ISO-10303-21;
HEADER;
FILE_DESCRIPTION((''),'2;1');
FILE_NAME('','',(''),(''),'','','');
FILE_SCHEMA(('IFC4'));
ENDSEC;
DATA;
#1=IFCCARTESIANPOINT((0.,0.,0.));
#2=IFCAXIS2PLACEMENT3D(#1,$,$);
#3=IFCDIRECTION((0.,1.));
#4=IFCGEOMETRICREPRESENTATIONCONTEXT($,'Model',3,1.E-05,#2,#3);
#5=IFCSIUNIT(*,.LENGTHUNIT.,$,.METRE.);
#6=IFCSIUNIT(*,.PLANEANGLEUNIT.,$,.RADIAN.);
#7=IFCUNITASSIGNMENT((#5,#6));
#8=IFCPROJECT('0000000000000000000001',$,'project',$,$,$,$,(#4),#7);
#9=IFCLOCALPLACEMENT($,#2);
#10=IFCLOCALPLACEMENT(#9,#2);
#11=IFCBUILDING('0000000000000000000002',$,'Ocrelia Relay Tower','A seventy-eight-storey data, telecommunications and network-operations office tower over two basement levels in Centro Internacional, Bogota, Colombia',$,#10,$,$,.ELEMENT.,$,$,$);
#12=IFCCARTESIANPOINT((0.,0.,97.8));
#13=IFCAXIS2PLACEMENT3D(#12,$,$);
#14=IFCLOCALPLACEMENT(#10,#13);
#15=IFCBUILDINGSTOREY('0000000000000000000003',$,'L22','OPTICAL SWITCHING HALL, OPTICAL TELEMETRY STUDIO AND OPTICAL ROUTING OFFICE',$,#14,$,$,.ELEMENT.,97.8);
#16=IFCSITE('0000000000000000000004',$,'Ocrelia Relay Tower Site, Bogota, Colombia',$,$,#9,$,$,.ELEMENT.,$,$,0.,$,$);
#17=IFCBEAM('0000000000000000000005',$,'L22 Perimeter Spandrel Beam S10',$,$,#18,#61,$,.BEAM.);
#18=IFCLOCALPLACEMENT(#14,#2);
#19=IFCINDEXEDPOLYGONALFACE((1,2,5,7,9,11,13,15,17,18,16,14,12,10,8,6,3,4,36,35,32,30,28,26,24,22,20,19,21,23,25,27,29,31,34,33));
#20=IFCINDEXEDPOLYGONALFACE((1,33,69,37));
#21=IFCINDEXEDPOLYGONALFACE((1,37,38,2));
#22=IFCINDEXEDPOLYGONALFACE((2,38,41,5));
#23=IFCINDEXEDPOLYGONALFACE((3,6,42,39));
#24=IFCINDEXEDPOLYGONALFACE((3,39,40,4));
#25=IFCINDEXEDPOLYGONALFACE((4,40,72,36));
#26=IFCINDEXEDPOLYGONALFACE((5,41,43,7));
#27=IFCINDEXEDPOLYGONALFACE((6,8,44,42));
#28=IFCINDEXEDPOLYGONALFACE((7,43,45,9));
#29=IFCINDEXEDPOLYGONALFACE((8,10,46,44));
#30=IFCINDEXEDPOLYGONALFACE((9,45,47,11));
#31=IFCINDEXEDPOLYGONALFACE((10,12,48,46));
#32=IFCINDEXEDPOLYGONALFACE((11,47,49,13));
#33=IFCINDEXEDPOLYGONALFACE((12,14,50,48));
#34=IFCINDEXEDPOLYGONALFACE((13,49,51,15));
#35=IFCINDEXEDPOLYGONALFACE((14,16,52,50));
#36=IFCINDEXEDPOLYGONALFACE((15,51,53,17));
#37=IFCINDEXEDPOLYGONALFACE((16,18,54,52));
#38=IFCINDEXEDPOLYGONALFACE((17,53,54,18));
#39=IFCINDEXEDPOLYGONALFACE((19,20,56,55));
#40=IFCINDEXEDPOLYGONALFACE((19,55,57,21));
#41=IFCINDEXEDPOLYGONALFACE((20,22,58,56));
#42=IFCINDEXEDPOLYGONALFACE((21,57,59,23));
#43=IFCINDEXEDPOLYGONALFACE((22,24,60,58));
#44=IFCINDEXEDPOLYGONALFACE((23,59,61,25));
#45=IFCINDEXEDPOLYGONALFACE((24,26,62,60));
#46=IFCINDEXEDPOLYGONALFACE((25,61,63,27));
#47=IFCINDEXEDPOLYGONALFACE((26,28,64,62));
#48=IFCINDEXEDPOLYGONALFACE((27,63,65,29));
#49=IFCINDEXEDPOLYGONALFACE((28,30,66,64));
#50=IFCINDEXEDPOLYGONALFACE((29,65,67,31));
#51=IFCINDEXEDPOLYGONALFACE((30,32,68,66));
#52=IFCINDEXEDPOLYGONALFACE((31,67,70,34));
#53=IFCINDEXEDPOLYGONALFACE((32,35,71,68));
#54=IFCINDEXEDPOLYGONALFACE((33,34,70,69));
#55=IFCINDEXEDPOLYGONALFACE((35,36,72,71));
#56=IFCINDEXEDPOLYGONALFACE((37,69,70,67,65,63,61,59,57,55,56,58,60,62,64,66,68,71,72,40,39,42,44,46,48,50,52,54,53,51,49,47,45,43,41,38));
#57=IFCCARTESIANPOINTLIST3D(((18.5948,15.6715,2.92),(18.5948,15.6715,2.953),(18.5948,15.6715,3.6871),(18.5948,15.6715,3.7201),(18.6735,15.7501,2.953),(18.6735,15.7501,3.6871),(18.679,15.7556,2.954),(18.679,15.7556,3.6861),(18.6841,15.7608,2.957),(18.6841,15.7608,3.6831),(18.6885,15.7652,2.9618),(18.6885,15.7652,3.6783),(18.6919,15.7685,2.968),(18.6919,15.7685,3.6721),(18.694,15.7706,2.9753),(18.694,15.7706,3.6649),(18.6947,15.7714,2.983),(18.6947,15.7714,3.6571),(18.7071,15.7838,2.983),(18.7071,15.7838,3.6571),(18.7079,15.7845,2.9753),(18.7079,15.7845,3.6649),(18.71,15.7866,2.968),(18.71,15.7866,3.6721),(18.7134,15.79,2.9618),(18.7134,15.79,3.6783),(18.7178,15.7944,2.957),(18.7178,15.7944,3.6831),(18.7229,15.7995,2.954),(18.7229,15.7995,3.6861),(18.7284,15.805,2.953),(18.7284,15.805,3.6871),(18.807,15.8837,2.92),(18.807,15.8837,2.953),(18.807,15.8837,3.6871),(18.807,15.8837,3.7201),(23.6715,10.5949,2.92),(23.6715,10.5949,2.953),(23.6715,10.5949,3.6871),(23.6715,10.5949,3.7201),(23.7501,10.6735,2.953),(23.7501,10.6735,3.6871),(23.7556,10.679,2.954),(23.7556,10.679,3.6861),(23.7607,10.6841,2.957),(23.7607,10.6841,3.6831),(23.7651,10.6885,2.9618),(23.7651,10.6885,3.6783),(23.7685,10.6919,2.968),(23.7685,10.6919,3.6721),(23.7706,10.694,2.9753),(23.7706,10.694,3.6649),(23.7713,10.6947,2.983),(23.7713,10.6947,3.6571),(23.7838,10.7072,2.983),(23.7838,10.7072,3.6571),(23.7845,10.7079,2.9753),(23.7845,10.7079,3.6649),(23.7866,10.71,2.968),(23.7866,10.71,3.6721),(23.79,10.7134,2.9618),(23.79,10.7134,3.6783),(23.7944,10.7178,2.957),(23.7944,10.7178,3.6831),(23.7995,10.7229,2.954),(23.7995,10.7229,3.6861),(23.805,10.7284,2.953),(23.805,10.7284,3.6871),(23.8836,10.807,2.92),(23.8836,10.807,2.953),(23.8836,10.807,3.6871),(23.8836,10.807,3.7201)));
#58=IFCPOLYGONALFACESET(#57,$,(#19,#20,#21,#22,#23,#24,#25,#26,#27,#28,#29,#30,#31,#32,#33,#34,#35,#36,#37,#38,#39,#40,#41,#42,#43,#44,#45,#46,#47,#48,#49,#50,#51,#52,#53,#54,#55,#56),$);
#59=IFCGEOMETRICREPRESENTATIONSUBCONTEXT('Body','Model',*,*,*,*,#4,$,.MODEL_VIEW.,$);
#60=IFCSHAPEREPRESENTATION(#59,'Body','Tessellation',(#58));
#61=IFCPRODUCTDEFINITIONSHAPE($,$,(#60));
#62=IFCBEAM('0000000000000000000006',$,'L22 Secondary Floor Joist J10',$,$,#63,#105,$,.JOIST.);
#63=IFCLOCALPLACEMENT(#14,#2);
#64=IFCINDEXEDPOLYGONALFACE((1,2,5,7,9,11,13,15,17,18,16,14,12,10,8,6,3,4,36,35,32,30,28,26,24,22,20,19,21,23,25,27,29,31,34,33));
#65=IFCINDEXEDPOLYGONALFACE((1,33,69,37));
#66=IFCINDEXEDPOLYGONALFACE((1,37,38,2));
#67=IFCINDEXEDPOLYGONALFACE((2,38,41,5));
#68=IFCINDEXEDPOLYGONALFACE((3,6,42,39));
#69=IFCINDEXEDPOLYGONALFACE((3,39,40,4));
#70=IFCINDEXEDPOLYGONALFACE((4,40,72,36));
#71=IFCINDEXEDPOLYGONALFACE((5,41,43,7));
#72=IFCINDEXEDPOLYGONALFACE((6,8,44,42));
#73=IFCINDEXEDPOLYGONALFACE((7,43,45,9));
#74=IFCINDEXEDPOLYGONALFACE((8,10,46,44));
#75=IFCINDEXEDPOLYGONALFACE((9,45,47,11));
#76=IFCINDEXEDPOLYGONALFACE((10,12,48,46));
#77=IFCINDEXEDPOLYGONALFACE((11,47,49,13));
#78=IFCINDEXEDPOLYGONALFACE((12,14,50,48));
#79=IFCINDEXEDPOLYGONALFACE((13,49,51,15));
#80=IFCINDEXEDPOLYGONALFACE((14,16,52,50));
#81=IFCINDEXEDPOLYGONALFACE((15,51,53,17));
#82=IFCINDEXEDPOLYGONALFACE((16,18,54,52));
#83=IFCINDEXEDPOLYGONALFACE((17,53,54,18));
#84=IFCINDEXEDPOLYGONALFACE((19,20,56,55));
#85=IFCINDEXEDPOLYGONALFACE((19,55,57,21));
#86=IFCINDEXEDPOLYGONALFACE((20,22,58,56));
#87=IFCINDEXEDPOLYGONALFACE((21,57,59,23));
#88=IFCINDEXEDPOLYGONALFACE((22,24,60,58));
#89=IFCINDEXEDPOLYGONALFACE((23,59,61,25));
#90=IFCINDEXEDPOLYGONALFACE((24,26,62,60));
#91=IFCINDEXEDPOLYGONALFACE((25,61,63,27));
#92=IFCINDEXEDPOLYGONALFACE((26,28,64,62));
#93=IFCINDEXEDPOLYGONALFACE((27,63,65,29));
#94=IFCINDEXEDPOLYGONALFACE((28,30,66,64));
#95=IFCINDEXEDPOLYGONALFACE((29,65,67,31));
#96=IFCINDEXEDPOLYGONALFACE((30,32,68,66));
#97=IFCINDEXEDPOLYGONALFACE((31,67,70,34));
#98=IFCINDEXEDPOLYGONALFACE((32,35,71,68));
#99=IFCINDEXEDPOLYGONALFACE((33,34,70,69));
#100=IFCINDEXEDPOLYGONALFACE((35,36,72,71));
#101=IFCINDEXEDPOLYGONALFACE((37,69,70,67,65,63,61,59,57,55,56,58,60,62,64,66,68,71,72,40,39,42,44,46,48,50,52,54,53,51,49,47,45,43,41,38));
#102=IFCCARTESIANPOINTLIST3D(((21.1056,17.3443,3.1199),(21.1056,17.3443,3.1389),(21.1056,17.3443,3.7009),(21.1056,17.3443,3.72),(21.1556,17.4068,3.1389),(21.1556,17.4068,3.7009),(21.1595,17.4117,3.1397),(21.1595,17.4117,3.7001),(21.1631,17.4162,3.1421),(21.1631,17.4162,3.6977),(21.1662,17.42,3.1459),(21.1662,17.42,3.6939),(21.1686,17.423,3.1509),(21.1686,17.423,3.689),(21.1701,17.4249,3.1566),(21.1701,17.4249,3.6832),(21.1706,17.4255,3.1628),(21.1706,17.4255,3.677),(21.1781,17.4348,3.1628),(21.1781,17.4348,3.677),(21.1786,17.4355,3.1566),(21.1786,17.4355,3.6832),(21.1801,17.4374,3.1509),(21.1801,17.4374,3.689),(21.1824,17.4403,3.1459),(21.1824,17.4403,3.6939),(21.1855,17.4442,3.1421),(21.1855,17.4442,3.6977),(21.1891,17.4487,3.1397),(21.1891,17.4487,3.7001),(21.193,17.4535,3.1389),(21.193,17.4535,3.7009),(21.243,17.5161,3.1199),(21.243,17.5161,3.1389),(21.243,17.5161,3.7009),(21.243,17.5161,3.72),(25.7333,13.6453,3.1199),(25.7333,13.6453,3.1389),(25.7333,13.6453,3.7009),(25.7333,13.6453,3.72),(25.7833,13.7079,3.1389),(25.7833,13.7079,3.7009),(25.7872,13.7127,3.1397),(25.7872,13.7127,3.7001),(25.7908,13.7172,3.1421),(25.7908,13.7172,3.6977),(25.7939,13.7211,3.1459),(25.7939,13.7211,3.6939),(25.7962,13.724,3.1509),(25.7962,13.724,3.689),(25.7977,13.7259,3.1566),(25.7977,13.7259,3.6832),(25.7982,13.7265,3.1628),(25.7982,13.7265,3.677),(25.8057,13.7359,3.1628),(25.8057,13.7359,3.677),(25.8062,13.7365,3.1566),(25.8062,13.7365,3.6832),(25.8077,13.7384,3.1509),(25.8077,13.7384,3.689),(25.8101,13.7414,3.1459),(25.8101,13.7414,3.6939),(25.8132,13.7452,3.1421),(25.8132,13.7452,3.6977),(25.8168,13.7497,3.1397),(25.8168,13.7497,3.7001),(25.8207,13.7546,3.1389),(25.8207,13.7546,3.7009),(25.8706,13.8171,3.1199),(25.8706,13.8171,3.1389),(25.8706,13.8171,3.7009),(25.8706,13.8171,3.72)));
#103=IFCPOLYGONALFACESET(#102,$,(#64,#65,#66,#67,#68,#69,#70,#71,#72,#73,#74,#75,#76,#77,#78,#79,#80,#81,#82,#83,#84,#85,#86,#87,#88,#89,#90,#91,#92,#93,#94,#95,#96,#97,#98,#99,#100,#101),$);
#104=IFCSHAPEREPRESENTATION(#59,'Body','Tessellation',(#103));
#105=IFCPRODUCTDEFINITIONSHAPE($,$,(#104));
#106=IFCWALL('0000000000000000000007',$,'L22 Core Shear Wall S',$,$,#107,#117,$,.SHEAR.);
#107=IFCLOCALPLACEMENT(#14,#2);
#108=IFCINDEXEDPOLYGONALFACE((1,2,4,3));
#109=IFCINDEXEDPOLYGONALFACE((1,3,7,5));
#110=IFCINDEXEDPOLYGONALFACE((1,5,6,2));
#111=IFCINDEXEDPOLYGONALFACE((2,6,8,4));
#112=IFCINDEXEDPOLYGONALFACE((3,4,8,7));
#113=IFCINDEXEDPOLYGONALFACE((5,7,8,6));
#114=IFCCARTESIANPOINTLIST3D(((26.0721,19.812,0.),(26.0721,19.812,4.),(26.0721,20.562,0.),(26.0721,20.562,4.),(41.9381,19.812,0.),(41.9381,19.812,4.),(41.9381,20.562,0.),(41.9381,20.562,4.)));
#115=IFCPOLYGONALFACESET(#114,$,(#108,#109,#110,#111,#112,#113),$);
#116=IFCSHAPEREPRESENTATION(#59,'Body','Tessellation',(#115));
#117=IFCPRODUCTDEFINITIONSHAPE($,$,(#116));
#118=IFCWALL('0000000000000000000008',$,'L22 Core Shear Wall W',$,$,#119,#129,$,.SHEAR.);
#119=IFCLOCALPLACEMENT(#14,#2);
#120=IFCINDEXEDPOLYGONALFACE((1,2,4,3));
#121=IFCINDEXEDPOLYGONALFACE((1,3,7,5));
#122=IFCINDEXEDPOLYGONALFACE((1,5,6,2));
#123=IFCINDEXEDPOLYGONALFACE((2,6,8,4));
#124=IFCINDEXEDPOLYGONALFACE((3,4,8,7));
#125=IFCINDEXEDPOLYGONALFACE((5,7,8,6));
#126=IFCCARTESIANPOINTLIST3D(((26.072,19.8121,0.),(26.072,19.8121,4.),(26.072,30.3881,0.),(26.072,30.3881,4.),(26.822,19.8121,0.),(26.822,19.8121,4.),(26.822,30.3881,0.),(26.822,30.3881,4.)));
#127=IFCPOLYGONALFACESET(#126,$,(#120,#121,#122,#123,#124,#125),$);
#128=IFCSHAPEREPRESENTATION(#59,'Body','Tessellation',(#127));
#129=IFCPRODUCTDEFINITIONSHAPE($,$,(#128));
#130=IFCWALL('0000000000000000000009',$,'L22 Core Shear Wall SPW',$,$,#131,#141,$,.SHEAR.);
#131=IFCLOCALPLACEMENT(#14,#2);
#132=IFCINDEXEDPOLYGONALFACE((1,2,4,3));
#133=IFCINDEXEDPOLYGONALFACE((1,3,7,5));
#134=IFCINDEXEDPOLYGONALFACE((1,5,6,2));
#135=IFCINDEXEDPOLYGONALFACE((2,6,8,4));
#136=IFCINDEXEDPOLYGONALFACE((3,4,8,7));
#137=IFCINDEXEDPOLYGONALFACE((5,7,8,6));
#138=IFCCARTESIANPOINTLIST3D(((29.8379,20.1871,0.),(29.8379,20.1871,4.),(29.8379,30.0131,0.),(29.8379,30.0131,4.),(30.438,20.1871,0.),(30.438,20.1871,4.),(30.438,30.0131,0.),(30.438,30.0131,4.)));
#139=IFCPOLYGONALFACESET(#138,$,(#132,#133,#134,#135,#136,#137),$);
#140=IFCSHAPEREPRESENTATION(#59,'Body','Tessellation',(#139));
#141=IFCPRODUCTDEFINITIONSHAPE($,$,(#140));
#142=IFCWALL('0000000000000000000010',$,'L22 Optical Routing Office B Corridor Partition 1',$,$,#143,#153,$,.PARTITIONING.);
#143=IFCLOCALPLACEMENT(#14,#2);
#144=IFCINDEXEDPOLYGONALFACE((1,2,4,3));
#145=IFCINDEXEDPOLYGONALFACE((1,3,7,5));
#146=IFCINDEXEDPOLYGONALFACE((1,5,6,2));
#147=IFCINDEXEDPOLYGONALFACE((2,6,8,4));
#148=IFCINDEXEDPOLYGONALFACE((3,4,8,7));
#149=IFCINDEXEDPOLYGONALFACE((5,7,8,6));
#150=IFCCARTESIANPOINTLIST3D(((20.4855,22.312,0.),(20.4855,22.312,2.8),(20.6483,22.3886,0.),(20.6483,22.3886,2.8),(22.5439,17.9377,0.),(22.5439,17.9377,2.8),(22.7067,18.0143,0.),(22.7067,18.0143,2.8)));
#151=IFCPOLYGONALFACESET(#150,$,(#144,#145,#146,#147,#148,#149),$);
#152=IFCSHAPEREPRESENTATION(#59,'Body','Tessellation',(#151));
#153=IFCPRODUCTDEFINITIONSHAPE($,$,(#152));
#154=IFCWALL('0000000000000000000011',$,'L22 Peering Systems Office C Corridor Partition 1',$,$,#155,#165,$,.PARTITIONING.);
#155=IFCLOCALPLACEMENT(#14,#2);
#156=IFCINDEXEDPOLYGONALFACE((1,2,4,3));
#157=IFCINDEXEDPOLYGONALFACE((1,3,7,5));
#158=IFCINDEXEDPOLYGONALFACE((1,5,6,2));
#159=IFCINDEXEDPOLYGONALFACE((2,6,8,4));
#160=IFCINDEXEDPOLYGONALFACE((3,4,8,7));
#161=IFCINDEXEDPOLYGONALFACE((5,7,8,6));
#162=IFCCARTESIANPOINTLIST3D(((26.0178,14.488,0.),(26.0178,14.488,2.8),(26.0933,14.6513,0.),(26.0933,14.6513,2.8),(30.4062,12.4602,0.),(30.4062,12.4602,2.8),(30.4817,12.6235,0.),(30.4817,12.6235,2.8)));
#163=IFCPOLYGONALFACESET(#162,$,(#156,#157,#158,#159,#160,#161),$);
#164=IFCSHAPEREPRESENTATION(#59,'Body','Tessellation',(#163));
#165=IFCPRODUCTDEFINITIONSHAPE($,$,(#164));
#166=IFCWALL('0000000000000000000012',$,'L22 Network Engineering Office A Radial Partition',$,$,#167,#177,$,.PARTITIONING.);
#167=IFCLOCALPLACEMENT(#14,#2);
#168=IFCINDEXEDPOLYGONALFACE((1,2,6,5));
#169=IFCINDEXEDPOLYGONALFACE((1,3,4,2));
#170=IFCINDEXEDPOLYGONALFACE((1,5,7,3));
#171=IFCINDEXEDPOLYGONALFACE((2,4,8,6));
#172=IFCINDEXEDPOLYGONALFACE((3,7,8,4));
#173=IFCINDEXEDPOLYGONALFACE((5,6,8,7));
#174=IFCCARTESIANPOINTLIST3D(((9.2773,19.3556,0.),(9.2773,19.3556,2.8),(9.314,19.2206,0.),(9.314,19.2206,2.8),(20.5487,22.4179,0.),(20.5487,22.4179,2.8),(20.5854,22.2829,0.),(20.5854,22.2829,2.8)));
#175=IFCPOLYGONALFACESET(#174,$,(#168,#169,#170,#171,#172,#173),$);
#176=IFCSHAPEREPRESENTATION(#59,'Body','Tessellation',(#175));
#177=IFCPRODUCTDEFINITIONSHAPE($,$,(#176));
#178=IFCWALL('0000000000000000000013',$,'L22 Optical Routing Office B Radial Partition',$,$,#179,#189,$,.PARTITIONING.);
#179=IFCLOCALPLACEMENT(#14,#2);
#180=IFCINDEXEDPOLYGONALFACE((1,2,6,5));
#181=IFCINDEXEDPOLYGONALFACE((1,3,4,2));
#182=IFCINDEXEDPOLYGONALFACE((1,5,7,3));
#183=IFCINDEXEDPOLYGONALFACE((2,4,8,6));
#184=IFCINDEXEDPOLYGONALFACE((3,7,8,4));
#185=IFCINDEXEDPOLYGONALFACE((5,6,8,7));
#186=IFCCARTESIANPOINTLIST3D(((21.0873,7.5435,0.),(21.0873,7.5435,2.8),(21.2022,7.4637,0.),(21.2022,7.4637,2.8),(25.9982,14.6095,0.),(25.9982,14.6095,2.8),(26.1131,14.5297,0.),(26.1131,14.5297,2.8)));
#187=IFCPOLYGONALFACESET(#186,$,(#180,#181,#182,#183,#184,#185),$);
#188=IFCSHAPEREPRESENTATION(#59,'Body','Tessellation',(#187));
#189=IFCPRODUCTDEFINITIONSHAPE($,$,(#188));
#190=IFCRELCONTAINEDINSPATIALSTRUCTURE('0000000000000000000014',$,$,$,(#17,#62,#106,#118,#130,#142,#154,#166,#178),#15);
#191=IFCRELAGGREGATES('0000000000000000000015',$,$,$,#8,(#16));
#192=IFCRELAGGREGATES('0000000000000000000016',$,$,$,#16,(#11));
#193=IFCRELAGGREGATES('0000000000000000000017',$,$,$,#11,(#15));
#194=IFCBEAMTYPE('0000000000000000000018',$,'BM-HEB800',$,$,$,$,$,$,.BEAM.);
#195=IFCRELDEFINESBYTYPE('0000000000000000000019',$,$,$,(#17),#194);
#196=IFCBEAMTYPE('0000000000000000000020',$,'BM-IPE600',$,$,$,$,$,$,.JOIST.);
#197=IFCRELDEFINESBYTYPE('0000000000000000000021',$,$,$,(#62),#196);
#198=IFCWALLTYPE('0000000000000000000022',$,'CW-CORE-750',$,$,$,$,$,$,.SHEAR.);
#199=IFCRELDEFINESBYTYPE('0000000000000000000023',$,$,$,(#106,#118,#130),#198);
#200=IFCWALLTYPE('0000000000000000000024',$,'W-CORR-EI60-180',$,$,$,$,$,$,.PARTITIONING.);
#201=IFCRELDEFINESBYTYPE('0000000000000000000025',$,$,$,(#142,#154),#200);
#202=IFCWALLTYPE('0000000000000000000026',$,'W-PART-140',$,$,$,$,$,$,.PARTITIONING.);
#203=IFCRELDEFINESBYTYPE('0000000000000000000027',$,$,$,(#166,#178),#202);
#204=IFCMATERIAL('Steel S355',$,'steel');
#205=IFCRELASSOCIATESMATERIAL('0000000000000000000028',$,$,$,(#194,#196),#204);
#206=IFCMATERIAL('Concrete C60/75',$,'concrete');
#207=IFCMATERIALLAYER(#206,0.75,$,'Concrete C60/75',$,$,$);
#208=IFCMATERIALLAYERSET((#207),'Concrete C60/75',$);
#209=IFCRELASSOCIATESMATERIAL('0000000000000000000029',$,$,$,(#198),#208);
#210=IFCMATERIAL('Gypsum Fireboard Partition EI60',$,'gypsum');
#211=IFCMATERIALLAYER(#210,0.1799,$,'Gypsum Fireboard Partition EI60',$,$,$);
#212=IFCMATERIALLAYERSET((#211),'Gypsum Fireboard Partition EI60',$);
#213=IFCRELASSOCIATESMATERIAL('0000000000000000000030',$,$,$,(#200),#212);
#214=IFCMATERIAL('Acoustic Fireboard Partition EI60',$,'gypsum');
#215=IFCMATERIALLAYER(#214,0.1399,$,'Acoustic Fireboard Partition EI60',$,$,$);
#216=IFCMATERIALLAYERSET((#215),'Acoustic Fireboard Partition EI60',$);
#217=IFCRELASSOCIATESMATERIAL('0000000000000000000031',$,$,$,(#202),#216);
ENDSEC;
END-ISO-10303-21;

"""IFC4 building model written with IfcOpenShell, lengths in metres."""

from ifc_helpers import new_model, si_unit, direction, frame, frame_2d, origin, origin_2d, place, context, subcontext, project, spatial, rectangle, i_section, extrude, material, layer, layer_set, material_profile, profile_set, type_object, element, save


model = new_model("IFC4")

# Units and contexts
model_context = context("Model", 3, precision=1e-05, world=origin(), true_north=direction((0.0, 1.0)))
body_context = subcontext(model_context, "Body", "Model", "MODEL_VIEW")
ifc_project = project(units=[si_unit("LENGTHUNIT", "METRE"), si_unit("PLANEANGLEUNIT", "RADIAN")], contexts=[model_context])

# Site, building, storey
site_placement = place(None, origin())
site = spatial("IfcSite", under=ifc_project, at=site_placement, Name="Ocrelia Relay Tower Site, Bogota, Colombia", CompositionType="ELEMENT", RefElevation=0.0)
building_placement = place(site_placement, origin())
building = spatial("IfcBuilding", under=site, at=building_placement, Name="Ocrelia Relay Tower", Description="A seventy-eight-storey data, telecommunications and network-operations office tower over two basement levels in Centro Internacional, Bogota, Colombia", CompositionType="ELEMENT")
storey_placement = place(building_placement, frame((0.0, 0.0, 97.8)))
storey = spatial("IfcBuildingStorey", under=building, at=storey_placement, Name="L22", Description="OPTICAL SWITCHING HALL, OPTICAL TELEMETRY STUDIO AND OPTICAL ROUTING OFFICE", CompositionType="ELEMENT", Elevation=97.8)

# Shared definitions
ifc_material_1 = material(Name="Concrete C60/75", Category="concrete")

# Beams
ifc_material_2 = material(Name="Steel S355", Category="steel")
ifc_material_profile_1 = material_profile(ifc_material_2, i_section(OverallWidth=0.3, OverallDepth=0.8, WebThickness=0.0176, FlangeThickness=0.033, FilletRadius=0.03, at=origin_2d()), Name="HEB 800")
ifc_profile_set_1 = profile_set([ifc_material_profile_1], Name="Steel S355")
beam_type_1 = type_object("IfcBeamType", Name="BM-HEB800", PredefinedType="BEAM", material=ifc_profile_set_1)
beam_1_placement = place(storey_placement, frame((18.7009, 15.7776, 3.3201), z_axis=(0.707107, -0.707107, 0.0), x_axis=(0.707107, 0.707107, 0.0)))
element("IfcBeam", 1, at=beam_1_placement, inside=storey, type_object=beam_type_1, Name="L22 Perimeter Spandrel Beam S10", PredefinedType="BEAM", context=body_context, shape_type="SweptSolid", body=[
    extrude(i_section(OverallWidth=0.3, OverallDepth=0.8, WebThickness=0.0176, FlangeThickness=0.033, FilletRadius=0.03, at=origin_2d()), origin(), (0.0, 0.0, 1.0), 7.1794),
])
ifc_material_profile_2 = material_profile(ifc_material_2, i_section(OverallWidth=0.22, OverallDepth=0.6001, WebThickness=0.012, FlangeThickness=0.019, FilletRadius=0.0239, at=origin_2d()), Name="IPE 600")
ifc_profile_set_2 = profile_set([ifc_material_profile_2], Name="Steel S355")
beam_type_2 = type_object("IfcBeamType", Name="BM-IPE600", PredefinedType="JOIST", material=ifc_profile_set_2)
beam_2_placement = place(storey_placement, frame((21.1743, 17.4302, 3.4199), z_axis=(0.78113, -0.624368, 0.0), x_axis=(0.624368, 0.78113, 0.0)))
element("IfcBeam", 2, at=beam_2_placement, inside=storey, type_object=beam_type_2, Name="L22 Secondary Floor Joist J10", PredefinedType="JOIST", context=body_context, shape_type="SweptSolid", body=[
    extrude(i_section(OverallWidth=0.22, OverallDepth=0.6001, WebThickness=0.012, FlangeThickness=0.019, FilletRadius=0.0239, at=origin_2d()), origin(), (0.0, 0.0, 1.0), 5.9243),
])

# Walls
ifc_layer_1 = layer(ifc_material_1, 0.75, Name="Concrete C60/75")
ifc_layer_set_1 = layer_set([ifc_layer_1], Name="Concrete C60/75")
wall_type_1 = type_object("IfcWallType", Name="CW-CORE-750", PredefinedType="SHEAR", material=ifc_layer_set_1)
wall_1_placement = place(storey_placement, frame((26.072, 20.187, 0.0), z_axis=(0.0, 0.0, 1.0), x_axis=(1.0, 0.0, 0.0)))
element("IfcWall", 3, at=wall_1_placement, inside=storey, type_object=wall_type_1, Name="L22 Core Shear Wall S", PredefinedType="SHEAR", context=body_context, shape_type="SweptSolid", body=[
    extrude(rectangle(XDim=15.866, YDim=0.75, at=frame_2d((7.9331, 0.0))), origin(), (0.0, 0.0, 1.0), 4.0),
])
wall_2_placement = place(storey_placement, frame((26.447, 19.812, 0.0), z_axis=(0.0, 0.0, 1.0), x_axis=(0.0, 1.0, 0.0)))
element("IfcWall", 4, at=wall_2_placement, inside=storey, type_object=wall_type_1, Name="L22 Core Shear Wall W", PredefinedType="SHEAR", context=body_context, shape_type="SweptSolid", body=[
    extrude(rectangle(XDim=10.5759, YDim=0.75, at=frame_2d((5.2881, 0.0))), origin(), (0.0, 0.0, 1.0), 4.0),
])
wall_3_placement = place(storey_placement, frame((30.1379, 20.187, 0.0), z_axis=(0.0, 0.0, 1.0), x_axis=(0.0, 1.0, 0.0)))
element("IfcWall", 5, at=wall_3_placement, inside=storey, type_object=wall_type_1, Name="L22 Core Shear Wall SPW", PredefinedType="SHEAR", context=body_context, shape_type="SweptSolid", body=[
    extrude(rectangle(XDim=9.8259, YDim=0.6001, at=frame_2d((4.9131, 0.0))), origin(), (0.0, 0.0, 1.0), 4.0),
])
ifc_material_3 = material(Name="Gypsum Fireboard Partition EI60", Category="gypsum")
ifc_layer_2 = layer(ifc_material_3, 0.1799, Name="Gypsum Fireboard Partition EI60")
ifc_layer_set_2 = layer_set([ifc_layer_2], Name="Gypsum Fireboard Partition EI60")
wall_type_2 = type_object("IfcWallType", Name="W-CORR-EI60-180", PredefinedType="PARTITIONING", material=ifc_layer_set_2)
wall_4_placement = place(storey_placement, frame((20.5669, 22.3503, 0.0), z_axis=(0.0, 0.0, 1.0), x_axis=(0.425775, -0.904829, 0.0)))
element("IfcWall", 6, at=wall_4_placement, inside=storey, type_object=wall_type_2, Name="L22 Optical Routing Office B Corridor Partition 1", PredefinedType="PARTITIONING", context=body_context, shape_type="SweptSolid", body=[
    extrude(rectangle(XDim=4.8345, YDim=0.1799, at=frame_2d((2.4172, 0.0))), origin(), (0.0, 0.0, 1.0), 2.8),
])

# Walls
wall_5_placement = place(storey_placement, frame((26.0557, 14.5696, 0.0), z_axis=(0.0, 0.0, 1.0), x_axis=(0.90777, -0.419468, 0.0)))
element("IfcWall", 7, at=wall_5_placement, inside=storey, type_object=wall_type_2, Name="L22 Peering Systems Office C Corridor Partition 1", PredefinedType="PARTITIONING", context=body_context, shape_type="SweptSolid", body=[
    extrude(rectangle(XDim=4.8342, YDim=0.1799, at=frame_2d((2.417, 0.0))), origin(), (0.0, 0.0, 1.0), 2.8),
])
ifc_material_4 = material(Name="Acoustic Fireboard Partition EI60", Category="gypsum")
ifc_layer_3 = layer(ifc_material_4, 0.1399, Name="Acoustic Fireboard Partition EI60")
ifc_layer_set_3 = layer_set([ifc_layer_3], Name="Acoustic Fireboard Partition EI60")
wall_type_3 = type_object("IfcWallType", Name="W-PART-140", PredefinedType="PARTITIONING", material=ifc_layer_set_3)
wall_6_placement = place(storey_placement, frame((20.5669, 22.3503, 0.0), z_axis=(0.0, 0.0, 1.0), x_axis=(-0.965018, -0.262183, 0.0)))
element("IfcWall", 8, at=wall_6_placement, inside=storey, type_object=wall_type_3, Name="L22 Network Engineering Office A Radial Partition", PredefinedType="PARTITIONING", context=body_context, shape_type="SweptSolid", body=[
    extrude(rectangle(XDim=11.6799, YDim=0.1399, at=frame_2d((5.8398, 0.0))), origin(), (0.0, 0.0, 1.0), 2.8),
])
wall_7_placement = place(storey_placement, frame((26.0557, 14.5696, 0.0), z_axis=(0.0, 0.0, 1.0), x_axis=(-0.570709, -0.821152, 0.0)))
element("IfcWall", 9, at=wall_7_placement, inside=storey, type_object=wall_type_3, Name="L22 Optical Routing Office B Radial Partition", PredefinedType="PARTITIONING", context=body_context, shape_type="SweptSolid", body=[
    extrude(rectangle(XDim=8.605, YDim=0.1399, at=frame_2d((4.3025, 0.0))), origin(), (0.0, 0.0, 1.0), 2.8),
])

save(model, "model.ifc")
